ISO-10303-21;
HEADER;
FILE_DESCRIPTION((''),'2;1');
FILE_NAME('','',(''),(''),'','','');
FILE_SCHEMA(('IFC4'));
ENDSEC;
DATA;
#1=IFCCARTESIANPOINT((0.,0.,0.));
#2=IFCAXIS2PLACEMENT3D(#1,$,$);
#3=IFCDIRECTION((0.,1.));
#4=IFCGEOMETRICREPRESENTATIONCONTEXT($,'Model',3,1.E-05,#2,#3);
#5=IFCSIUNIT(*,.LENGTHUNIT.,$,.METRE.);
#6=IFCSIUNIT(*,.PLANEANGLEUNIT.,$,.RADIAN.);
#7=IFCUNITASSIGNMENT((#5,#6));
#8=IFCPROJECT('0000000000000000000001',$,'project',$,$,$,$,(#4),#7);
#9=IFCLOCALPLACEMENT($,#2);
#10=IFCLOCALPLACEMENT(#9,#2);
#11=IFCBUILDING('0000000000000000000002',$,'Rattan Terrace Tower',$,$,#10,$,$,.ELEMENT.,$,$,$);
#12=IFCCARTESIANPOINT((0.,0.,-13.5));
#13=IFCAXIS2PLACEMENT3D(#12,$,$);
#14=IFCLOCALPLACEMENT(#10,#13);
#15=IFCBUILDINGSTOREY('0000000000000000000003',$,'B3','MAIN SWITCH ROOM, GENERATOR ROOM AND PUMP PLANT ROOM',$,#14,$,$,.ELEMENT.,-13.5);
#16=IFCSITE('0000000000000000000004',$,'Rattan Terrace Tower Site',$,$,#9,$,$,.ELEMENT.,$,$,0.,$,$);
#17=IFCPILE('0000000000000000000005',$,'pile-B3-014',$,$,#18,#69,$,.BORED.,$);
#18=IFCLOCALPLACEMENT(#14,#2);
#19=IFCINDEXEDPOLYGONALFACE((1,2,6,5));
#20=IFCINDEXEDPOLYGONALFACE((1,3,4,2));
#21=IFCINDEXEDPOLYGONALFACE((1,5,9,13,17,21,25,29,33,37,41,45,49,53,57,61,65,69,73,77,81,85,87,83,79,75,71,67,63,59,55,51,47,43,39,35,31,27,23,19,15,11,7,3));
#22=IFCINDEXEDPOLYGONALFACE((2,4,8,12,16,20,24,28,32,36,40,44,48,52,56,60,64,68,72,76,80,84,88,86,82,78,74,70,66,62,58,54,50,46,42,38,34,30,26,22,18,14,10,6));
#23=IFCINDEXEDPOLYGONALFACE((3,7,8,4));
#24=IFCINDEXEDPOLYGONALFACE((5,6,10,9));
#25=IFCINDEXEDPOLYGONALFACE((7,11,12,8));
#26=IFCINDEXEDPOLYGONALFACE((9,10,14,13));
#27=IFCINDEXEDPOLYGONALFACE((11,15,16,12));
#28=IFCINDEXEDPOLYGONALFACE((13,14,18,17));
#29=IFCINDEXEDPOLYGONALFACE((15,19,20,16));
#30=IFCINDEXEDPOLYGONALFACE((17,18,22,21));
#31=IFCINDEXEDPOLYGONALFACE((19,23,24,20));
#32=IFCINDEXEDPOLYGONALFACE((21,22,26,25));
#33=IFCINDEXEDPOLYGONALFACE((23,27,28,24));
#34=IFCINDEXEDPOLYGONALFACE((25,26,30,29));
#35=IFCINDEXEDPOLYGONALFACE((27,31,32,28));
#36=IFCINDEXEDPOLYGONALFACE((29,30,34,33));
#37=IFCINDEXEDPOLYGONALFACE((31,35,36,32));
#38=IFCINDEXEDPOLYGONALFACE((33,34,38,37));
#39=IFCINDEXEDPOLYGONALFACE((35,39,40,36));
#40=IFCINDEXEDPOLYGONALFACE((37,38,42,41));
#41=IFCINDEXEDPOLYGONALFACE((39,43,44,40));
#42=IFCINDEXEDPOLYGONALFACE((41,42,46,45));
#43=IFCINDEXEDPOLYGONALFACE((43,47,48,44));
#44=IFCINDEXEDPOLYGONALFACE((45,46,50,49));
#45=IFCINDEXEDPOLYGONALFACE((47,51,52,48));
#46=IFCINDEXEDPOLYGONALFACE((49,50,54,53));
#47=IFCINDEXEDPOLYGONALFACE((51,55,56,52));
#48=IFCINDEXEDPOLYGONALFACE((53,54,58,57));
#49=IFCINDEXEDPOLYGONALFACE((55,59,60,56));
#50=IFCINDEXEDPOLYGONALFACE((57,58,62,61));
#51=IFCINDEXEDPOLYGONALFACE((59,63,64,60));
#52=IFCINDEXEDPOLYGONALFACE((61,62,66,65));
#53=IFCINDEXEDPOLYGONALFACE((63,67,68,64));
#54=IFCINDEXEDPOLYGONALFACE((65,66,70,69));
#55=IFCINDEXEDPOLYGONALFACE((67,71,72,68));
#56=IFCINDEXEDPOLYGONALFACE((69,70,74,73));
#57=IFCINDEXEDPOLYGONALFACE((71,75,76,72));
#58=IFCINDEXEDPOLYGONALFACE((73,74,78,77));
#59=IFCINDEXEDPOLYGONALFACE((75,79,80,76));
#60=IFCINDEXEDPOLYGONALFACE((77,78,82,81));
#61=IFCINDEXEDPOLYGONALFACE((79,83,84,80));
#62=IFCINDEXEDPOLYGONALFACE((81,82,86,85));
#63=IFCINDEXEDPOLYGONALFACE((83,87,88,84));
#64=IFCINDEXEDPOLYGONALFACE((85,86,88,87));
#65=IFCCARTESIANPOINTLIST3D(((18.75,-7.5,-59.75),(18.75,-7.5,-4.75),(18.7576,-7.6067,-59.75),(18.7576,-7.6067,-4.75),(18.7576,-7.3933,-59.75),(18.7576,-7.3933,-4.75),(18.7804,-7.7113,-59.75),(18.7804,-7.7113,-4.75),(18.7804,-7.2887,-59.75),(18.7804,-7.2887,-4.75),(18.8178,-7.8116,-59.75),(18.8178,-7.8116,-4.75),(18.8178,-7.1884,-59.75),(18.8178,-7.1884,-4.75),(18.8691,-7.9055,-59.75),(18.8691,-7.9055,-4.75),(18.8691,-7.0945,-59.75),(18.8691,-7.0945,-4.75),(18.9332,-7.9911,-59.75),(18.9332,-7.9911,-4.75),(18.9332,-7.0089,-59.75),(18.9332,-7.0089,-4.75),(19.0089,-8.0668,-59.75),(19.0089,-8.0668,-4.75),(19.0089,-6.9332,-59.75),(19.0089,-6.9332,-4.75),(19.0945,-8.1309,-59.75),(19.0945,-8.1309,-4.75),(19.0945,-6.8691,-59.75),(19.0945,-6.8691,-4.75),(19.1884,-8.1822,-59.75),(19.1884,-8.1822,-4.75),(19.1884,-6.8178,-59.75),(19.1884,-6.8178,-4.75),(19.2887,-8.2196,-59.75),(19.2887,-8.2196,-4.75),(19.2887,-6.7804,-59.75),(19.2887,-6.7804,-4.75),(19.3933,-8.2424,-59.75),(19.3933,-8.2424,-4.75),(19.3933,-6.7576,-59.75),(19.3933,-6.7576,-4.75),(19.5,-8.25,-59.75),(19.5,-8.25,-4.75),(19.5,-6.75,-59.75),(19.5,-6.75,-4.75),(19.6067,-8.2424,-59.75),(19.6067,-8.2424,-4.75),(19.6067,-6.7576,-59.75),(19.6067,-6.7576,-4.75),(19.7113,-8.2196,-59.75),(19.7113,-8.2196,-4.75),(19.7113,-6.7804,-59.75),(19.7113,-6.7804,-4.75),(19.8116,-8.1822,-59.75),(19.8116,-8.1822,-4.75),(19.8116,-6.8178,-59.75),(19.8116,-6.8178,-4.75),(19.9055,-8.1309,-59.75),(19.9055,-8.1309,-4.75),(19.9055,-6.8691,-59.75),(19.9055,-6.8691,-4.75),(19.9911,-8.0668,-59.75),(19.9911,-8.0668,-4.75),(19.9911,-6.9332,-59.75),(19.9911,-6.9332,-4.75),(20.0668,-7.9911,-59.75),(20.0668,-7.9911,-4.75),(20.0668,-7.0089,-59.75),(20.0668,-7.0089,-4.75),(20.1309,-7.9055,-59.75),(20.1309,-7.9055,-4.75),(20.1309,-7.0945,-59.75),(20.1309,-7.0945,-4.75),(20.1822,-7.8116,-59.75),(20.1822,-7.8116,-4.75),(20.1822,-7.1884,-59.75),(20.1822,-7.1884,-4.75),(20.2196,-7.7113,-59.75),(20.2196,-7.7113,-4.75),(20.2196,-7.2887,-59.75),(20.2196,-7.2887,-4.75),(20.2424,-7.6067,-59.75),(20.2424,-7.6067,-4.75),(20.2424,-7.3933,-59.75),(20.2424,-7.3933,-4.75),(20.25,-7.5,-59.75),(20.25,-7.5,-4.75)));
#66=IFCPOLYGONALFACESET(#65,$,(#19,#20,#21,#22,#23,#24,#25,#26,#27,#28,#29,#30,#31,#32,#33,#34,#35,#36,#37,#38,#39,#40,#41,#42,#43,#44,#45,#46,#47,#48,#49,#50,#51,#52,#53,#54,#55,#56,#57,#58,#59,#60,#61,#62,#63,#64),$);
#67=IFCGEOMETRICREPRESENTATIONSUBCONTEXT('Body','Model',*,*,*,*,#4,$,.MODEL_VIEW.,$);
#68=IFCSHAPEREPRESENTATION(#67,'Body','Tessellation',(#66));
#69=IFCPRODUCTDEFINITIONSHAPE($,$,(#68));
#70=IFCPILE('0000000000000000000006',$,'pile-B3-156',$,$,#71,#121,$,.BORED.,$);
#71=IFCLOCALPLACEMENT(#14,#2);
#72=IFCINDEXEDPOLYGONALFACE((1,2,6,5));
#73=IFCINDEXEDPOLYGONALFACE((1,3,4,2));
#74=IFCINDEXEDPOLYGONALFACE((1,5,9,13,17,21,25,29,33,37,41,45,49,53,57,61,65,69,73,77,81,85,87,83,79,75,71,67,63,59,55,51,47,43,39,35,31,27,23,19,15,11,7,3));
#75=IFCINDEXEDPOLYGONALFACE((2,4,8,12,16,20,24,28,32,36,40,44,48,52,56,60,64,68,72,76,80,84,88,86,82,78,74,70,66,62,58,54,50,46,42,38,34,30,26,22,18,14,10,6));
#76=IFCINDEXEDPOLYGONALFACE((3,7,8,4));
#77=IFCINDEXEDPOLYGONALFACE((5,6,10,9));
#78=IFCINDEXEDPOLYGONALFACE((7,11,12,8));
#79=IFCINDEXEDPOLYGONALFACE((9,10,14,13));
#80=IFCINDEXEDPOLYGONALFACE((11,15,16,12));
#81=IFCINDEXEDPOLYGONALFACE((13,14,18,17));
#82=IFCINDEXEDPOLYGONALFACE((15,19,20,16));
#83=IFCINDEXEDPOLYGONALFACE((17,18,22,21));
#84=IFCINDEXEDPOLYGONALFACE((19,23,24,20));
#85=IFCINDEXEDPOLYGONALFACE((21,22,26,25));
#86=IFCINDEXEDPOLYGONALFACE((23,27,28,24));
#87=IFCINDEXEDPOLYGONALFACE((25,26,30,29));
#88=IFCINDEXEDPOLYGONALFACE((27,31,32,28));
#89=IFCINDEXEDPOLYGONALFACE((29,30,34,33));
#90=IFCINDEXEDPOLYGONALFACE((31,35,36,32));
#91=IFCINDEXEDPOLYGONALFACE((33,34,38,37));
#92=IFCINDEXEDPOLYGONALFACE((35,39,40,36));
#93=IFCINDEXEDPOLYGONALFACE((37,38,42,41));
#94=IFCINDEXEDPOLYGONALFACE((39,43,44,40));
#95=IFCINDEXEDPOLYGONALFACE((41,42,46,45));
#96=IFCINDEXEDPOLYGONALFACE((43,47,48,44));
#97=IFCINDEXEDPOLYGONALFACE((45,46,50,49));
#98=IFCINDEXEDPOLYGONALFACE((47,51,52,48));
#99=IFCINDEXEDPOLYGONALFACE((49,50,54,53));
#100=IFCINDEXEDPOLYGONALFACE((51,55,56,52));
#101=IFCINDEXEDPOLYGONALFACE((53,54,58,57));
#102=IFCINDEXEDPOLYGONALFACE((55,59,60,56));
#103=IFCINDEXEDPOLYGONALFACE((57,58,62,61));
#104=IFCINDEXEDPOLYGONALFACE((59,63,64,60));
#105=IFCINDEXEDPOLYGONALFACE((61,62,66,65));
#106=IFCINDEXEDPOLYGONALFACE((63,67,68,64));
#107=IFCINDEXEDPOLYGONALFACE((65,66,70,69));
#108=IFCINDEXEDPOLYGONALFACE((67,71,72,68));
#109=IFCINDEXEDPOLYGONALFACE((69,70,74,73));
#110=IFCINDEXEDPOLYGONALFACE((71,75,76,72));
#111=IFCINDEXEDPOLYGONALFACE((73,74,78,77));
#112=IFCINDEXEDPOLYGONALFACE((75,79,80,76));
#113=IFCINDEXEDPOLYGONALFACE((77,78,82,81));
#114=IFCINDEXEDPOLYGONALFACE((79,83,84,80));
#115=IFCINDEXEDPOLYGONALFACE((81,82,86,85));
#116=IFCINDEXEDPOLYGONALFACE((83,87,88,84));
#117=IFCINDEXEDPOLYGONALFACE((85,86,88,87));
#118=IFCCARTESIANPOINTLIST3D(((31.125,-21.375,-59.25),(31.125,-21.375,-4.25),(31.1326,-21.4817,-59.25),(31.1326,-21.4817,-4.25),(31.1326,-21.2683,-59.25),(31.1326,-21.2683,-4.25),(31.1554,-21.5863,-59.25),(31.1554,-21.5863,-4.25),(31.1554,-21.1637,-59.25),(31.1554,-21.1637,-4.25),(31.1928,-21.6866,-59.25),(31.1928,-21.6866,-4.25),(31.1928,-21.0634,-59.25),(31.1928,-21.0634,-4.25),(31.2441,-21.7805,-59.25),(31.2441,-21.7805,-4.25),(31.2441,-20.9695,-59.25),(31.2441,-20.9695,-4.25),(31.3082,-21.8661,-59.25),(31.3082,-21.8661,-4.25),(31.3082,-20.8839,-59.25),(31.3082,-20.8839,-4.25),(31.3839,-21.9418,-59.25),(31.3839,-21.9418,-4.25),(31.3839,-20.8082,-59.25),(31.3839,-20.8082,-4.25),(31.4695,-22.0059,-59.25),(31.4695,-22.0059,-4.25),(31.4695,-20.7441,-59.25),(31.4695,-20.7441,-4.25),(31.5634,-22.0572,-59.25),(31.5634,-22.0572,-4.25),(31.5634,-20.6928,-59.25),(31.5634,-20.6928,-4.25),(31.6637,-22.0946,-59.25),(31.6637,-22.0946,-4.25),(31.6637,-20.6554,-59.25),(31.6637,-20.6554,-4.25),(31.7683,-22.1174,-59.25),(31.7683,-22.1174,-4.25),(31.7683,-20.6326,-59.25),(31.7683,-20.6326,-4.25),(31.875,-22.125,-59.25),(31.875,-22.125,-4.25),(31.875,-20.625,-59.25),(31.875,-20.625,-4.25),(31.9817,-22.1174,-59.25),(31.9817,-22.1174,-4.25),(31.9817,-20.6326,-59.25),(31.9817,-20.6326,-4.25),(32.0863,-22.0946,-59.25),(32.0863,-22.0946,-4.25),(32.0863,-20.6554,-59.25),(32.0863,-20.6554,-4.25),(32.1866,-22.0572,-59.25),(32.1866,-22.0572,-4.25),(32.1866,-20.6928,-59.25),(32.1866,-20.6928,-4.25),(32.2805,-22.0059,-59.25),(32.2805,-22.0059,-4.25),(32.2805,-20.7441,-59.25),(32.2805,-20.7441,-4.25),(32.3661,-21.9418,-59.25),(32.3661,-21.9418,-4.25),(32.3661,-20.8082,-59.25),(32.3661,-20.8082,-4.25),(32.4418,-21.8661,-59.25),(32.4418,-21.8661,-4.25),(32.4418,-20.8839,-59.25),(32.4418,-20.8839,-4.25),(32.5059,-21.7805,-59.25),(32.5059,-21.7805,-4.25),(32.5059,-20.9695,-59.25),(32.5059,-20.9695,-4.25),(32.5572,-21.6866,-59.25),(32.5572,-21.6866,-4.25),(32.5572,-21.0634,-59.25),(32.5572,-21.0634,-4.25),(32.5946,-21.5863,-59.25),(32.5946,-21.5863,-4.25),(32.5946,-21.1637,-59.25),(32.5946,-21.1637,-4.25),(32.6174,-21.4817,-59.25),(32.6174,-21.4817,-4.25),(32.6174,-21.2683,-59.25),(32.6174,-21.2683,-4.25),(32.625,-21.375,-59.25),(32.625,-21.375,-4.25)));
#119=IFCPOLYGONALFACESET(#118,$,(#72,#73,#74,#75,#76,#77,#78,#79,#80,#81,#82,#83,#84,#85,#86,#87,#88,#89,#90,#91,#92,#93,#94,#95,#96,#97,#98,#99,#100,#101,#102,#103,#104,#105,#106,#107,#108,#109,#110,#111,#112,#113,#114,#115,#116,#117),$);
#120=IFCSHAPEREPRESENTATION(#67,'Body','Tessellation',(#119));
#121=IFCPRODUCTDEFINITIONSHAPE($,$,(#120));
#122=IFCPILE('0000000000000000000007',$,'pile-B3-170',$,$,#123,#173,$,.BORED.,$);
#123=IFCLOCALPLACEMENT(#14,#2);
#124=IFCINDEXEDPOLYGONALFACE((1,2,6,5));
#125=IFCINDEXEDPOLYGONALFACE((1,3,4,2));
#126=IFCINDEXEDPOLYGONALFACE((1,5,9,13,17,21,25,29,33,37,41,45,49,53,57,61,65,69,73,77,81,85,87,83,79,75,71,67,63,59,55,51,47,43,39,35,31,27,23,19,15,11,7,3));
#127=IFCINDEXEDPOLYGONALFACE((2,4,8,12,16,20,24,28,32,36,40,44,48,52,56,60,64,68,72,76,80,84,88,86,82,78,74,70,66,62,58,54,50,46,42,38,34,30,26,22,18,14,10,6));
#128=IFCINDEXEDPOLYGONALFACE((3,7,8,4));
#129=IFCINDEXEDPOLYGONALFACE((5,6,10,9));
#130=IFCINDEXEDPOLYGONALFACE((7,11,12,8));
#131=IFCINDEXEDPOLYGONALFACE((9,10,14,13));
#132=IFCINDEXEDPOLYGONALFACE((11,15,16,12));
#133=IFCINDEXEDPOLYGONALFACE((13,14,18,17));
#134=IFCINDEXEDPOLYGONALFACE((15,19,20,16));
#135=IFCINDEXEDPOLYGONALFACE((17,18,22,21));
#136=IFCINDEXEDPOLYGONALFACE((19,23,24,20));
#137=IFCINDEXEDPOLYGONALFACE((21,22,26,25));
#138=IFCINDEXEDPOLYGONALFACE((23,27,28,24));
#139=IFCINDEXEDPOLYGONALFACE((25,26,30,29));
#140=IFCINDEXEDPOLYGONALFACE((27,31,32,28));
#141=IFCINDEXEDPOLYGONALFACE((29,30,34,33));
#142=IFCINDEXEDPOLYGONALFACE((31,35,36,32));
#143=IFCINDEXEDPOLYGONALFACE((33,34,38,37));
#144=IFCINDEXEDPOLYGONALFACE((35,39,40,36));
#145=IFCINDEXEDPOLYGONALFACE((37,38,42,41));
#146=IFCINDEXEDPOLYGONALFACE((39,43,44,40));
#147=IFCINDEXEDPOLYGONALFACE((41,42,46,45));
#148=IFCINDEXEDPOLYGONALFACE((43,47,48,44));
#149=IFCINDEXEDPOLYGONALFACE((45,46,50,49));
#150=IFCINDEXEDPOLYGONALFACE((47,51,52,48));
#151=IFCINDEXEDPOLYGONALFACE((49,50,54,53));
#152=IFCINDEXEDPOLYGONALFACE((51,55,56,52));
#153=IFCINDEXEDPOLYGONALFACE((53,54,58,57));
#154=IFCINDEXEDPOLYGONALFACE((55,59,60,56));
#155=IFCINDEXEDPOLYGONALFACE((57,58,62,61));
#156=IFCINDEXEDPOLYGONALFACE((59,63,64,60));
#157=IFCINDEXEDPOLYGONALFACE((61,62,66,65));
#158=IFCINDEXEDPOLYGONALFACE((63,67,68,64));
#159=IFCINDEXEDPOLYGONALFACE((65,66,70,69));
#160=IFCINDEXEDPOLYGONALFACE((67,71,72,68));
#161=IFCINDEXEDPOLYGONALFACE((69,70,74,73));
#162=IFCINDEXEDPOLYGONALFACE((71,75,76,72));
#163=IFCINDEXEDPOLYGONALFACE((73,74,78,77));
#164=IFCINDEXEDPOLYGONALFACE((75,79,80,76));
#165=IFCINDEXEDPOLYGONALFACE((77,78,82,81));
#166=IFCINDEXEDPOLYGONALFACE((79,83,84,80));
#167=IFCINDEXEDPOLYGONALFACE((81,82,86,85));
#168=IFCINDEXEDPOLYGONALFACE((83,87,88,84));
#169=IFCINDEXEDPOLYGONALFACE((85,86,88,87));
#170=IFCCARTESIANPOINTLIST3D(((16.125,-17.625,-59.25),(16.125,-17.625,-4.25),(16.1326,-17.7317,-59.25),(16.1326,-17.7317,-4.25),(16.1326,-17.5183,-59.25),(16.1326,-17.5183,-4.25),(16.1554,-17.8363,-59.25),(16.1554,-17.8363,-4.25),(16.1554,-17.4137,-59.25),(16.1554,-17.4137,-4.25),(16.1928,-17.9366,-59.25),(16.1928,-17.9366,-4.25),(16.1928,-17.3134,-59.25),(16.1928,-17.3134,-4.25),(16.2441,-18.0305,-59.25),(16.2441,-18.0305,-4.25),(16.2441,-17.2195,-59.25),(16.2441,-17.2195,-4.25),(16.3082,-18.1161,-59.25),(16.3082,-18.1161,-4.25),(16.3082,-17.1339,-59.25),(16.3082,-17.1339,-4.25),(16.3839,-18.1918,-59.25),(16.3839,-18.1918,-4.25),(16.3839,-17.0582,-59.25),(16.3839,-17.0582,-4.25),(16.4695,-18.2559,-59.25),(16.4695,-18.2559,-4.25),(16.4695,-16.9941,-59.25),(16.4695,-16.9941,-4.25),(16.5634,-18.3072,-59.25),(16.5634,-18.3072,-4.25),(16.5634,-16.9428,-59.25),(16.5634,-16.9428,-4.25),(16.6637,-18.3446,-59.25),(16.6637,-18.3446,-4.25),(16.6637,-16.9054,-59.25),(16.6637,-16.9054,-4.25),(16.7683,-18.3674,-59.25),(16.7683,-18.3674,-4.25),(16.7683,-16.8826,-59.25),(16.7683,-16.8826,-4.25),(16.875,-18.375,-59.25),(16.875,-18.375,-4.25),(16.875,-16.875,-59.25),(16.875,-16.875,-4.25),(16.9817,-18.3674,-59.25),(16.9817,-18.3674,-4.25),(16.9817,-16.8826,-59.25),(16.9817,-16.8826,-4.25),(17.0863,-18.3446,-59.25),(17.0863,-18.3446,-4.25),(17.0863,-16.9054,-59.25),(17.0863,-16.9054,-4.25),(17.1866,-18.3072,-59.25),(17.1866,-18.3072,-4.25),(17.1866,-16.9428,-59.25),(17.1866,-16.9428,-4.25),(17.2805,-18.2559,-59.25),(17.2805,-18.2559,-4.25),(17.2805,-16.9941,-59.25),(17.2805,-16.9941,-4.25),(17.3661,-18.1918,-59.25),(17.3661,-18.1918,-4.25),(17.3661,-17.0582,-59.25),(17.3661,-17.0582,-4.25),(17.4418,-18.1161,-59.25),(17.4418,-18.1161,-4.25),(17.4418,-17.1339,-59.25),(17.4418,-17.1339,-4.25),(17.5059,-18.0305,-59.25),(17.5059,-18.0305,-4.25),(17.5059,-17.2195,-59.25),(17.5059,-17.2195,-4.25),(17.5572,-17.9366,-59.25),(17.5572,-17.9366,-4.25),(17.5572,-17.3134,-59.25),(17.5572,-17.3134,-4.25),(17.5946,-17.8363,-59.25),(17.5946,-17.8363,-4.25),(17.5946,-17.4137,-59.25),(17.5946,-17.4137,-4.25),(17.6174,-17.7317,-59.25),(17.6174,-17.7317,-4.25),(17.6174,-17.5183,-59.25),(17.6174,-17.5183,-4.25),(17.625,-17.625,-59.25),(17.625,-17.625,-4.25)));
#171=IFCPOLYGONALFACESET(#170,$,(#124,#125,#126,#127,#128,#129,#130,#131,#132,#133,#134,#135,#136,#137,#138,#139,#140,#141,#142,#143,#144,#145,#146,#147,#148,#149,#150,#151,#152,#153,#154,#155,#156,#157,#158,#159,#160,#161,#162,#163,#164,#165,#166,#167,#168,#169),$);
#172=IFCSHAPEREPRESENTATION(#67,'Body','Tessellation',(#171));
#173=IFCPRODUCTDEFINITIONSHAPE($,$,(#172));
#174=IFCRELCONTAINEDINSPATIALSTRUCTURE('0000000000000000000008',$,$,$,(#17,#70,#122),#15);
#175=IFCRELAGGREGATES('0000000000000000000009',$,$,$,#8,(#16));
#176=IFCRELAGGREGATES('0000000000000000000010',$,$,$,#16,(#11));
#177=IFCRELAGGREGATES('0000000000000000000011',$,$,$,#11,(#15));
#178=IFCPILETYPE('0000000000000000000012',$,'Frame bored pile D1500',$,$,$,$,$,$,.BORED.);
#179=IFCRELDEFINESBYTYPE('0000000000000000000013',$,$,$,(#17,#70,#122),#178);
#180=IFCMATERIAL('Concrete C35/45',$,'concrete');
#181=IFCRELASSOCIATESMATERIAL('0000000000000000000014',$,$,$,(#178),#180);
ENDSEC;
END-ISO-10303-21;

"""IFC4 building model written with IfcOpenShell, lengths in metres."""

from ifc_helpers import new_model, si_unit, direction, frame, origin, origin_2d, place, context, subcontext, project, spatial, circle, extrude, material, material_profile, profile_set, type_object, element, save


model = new_model("IFC4")

# Units and contexts
model_context = context("Model", 3, precision=1e-05, world=origin(), true_north=direction((0.0, 1.0)))
body_context = subcontext(model_context, "Body", "Model", "MODEL_VIEW")
ifc_project = project(units=[si_unit("LENGTHUNIT", "METRE"), si_unit("PLANEANGLEUNIT", "RADIAN")], contexts=[model_context])

# Site, building, storey
site_placement = place(None, origin())
site = spatial("IfcSite", under=ifc_project, at=site_placement, Name="Rattan Terrace Tower Site", CompositionType="ELEMENT", RefElevation=0.0)
building_placement = place(site_placement, origin())
building = spatial("IfcBuilding", under=site, at=building_placement, Name="Rattan Terrace Tower", CompositionType="ELEMENT")
storey_placement = place(building_placement, frame((0.0, 0.0, -13.5)))
storey = spatial("IfcBuildingStorey", under=building, at=storey_placement, Name="B3", Description="MAIN SWITCH ROOM, GENERATOR ROOM AND PUMP PLANT ROOM", CompositionType="ELEMENT", Elevation=-13.5)

# Piles
ifc_material_1 = material(Name="Concrete C35/45", Category="concrete")
ifc_material_profile_1 = material_profile(ifc_material_1, circle(Radius=0.75, at=origin_2d()), Name="PILE D1500")
ifc_profile_set_1 = profile_set([ifc_material_profile_1], Name="Concrete C35/45")
pile_type = type_object("IfcPileType", Name="Frame bored pile D1500", PredefinedType="BORED", material=ifc_profile_set_1)
for number, where, z_axis, x_axis, name in (
    (1, (19.5, -7.5, -4.75), (0.0, 0.0, -1.0), (1.0, 0.0, 0.0), "pile-B3-014"),
    (2, (31.875, -21.375, -4.25), (0.0, 0.0, -1.0), (1.0, 0.0, 0.0), "pile-B3-156"),
    (3, (16.875, -17.625, -4.25), (0.0, 0.0, -1.0), (1.0, 0.0, 0.0), "pile-B3-170"),
):
    element("IfcPile", number, at=place(storey_placement, frame(where, z_axis=z_axis, x_axis=x_axis)), inside=storey, type_object=pile_type, Name=name, PredefinedType="BORED", context=body_context, shape_type="SweptSolid", body=[
        extrude(circle(Radius=0.75, at=origin_2d()), origin(), (0.0, 0.0, 1.0), 55.0),
    ])

save(model, "model.ifc")
